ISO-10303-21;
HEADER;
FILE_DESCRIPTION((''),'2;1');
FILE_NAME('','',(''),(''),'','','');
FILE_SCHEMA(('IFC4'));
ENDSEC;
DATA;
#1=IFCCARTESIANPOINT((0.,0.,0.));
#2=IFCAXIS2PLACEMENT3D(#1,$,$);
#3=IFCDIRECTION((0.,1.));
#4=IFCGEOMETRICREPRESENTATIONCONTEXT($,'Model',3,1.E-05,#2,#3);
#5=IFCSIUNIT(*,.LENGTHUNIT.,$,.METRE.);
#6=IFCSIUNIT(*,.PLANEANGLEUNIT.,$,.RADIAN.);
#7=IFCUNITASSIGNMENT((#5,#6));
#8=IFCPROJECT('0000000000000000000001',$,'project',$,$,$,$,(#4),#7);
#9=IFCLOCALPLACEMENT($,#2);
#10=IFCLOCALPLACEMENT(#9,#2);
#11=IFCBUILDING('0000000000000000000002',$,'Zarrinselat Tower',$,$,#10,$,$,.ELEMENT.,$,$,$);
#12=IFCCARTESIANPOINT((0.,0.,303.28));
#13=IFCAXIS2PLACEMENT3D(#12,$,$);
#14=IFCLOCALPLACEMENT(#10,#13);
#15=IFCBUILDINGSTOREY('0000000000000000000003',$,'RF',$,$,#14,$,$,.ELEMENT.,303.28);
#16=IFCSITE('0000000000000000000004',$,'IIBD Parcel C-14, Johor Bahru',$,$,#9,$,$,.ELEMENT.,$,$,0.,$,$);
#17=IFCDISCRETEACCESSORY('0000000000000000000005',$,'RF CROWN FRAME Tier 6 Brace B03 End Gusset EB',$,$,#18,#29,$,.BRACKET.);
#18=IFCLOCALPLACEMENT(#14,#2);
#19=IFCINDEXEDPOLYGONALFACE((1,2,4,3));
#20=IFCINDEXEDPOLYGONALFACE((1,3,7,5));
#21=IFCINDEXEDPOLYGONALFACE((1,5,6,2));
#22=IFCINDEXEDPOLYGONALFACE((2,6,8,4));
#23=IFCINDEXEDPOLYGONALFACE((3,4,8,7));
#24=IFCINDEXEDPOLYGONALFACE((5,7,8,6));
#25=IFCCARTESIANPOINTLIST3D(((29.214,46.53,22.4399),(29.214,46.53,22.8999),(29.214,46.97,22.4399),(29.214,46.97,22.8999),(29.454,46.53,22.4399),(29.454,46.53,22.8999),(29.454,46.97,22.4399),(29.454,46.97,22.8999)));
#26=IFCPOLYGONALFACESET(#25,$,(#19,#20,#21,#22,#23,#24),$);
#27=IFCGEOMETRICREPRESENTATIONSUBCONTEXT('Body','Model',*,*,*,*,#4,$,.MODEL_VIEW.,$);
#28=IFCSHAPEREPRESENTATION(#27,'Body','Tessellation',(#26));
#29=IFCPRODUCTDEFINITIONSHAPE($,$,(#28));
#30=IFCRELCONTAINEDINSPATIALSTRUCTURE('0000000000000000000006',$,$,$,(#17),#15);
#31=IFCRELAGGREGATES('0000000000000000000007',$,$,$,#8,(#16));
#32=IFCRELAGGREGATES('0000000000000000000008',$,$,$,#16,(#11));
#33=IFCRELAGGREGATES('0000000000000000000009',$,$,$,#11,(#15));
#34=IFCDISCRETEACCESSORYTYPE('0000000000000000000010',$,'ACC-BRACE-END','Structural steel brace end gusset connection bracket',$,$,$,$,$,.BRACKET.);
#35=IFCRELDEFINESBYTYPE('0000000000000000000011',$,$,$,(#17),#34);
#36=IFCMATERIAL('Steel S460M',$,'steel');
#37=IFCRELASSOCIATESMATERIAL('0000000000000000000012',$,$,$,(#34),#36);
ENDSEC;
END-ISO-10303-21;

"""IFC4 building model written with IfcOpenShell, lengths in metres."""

from ifc_helpers import new_model, si_unit, direction, frame, origin, origin_2d, place, context, subcontext, project, spatial, rectangle, extrude, material, type_object, element, save


model = new_model("IFC4")

# Units and contexts
model_context = context("Model", 3, precision=1e-05, world=origin(), true_north=direction((0.0, 1.0)))
body_context = subcontext(model_context, "Body", "Model", "MODEL_VIEW")
ifc_project = project(units=[si_unit("LENGTHUNIT", "METRE"), si_unit("PLANEANGLEUNIT", "RADIAN")], contexts=[model_context])

# Site, building, storey
site_placement = place(None, origin())
site = spatial("IfcSite", under=ifc_project, at=site_placement, Name="IIBD Parcel C-14, Johor Bahru", CompositionType="ELEMENT", RefElevation=0.0)
building_placement = place(site_placement, origin())
building = spatial("IfcBuilding", under=site, at=building_placement, Name="Zarrinselat Tower", CompositionType="ELEMENT")
storey_placement = place(building_placement, frame((0.0, 0.0, 303.28)))
storey = spatial("IfcBuildingStorey", under=building, at=storey_placement, Name="RF", CompositionType="ELEMENT", Elevation=303.28)

# Discrete accessory
ifc_material_1 = material(Name="Steel S460M", Category="steel")
discrete_accessory_type = type_object("IfcDiscreteAccessoryType", Name="ACC-BRACE-END", Description="Structural steel brace end gusset connection bracket", PredefinedType="BRACKET", material=ifc_material_1)
for number, where, z_axis, x_axis, name in (
    (1, (29.334, 46.75, 22.4399), (0.0, 0.0, 1.0), (-1.0, 0.0, 0.0), "RF CROWN FRAME Tier 6 Brace B03 End Gusset EB"),
):
    element("IfcDiscreteAccessory", number, at=place(storey_placement, frame(where, z_axis=z_axis, x_axis=x_axis)), inside=storey, type_object=discrete_accessory_type, Name=name, PredefinedType="BRACKET", context=body_context, shape_type="SweptSolid", body=[
        extrude(rectangle(XDim=0.24, YDim=0.4399, at=origin_2d()), origin(), (0.0, 0.0, 1.0), 0.46),
    ])

save(model, "model.ifc")
